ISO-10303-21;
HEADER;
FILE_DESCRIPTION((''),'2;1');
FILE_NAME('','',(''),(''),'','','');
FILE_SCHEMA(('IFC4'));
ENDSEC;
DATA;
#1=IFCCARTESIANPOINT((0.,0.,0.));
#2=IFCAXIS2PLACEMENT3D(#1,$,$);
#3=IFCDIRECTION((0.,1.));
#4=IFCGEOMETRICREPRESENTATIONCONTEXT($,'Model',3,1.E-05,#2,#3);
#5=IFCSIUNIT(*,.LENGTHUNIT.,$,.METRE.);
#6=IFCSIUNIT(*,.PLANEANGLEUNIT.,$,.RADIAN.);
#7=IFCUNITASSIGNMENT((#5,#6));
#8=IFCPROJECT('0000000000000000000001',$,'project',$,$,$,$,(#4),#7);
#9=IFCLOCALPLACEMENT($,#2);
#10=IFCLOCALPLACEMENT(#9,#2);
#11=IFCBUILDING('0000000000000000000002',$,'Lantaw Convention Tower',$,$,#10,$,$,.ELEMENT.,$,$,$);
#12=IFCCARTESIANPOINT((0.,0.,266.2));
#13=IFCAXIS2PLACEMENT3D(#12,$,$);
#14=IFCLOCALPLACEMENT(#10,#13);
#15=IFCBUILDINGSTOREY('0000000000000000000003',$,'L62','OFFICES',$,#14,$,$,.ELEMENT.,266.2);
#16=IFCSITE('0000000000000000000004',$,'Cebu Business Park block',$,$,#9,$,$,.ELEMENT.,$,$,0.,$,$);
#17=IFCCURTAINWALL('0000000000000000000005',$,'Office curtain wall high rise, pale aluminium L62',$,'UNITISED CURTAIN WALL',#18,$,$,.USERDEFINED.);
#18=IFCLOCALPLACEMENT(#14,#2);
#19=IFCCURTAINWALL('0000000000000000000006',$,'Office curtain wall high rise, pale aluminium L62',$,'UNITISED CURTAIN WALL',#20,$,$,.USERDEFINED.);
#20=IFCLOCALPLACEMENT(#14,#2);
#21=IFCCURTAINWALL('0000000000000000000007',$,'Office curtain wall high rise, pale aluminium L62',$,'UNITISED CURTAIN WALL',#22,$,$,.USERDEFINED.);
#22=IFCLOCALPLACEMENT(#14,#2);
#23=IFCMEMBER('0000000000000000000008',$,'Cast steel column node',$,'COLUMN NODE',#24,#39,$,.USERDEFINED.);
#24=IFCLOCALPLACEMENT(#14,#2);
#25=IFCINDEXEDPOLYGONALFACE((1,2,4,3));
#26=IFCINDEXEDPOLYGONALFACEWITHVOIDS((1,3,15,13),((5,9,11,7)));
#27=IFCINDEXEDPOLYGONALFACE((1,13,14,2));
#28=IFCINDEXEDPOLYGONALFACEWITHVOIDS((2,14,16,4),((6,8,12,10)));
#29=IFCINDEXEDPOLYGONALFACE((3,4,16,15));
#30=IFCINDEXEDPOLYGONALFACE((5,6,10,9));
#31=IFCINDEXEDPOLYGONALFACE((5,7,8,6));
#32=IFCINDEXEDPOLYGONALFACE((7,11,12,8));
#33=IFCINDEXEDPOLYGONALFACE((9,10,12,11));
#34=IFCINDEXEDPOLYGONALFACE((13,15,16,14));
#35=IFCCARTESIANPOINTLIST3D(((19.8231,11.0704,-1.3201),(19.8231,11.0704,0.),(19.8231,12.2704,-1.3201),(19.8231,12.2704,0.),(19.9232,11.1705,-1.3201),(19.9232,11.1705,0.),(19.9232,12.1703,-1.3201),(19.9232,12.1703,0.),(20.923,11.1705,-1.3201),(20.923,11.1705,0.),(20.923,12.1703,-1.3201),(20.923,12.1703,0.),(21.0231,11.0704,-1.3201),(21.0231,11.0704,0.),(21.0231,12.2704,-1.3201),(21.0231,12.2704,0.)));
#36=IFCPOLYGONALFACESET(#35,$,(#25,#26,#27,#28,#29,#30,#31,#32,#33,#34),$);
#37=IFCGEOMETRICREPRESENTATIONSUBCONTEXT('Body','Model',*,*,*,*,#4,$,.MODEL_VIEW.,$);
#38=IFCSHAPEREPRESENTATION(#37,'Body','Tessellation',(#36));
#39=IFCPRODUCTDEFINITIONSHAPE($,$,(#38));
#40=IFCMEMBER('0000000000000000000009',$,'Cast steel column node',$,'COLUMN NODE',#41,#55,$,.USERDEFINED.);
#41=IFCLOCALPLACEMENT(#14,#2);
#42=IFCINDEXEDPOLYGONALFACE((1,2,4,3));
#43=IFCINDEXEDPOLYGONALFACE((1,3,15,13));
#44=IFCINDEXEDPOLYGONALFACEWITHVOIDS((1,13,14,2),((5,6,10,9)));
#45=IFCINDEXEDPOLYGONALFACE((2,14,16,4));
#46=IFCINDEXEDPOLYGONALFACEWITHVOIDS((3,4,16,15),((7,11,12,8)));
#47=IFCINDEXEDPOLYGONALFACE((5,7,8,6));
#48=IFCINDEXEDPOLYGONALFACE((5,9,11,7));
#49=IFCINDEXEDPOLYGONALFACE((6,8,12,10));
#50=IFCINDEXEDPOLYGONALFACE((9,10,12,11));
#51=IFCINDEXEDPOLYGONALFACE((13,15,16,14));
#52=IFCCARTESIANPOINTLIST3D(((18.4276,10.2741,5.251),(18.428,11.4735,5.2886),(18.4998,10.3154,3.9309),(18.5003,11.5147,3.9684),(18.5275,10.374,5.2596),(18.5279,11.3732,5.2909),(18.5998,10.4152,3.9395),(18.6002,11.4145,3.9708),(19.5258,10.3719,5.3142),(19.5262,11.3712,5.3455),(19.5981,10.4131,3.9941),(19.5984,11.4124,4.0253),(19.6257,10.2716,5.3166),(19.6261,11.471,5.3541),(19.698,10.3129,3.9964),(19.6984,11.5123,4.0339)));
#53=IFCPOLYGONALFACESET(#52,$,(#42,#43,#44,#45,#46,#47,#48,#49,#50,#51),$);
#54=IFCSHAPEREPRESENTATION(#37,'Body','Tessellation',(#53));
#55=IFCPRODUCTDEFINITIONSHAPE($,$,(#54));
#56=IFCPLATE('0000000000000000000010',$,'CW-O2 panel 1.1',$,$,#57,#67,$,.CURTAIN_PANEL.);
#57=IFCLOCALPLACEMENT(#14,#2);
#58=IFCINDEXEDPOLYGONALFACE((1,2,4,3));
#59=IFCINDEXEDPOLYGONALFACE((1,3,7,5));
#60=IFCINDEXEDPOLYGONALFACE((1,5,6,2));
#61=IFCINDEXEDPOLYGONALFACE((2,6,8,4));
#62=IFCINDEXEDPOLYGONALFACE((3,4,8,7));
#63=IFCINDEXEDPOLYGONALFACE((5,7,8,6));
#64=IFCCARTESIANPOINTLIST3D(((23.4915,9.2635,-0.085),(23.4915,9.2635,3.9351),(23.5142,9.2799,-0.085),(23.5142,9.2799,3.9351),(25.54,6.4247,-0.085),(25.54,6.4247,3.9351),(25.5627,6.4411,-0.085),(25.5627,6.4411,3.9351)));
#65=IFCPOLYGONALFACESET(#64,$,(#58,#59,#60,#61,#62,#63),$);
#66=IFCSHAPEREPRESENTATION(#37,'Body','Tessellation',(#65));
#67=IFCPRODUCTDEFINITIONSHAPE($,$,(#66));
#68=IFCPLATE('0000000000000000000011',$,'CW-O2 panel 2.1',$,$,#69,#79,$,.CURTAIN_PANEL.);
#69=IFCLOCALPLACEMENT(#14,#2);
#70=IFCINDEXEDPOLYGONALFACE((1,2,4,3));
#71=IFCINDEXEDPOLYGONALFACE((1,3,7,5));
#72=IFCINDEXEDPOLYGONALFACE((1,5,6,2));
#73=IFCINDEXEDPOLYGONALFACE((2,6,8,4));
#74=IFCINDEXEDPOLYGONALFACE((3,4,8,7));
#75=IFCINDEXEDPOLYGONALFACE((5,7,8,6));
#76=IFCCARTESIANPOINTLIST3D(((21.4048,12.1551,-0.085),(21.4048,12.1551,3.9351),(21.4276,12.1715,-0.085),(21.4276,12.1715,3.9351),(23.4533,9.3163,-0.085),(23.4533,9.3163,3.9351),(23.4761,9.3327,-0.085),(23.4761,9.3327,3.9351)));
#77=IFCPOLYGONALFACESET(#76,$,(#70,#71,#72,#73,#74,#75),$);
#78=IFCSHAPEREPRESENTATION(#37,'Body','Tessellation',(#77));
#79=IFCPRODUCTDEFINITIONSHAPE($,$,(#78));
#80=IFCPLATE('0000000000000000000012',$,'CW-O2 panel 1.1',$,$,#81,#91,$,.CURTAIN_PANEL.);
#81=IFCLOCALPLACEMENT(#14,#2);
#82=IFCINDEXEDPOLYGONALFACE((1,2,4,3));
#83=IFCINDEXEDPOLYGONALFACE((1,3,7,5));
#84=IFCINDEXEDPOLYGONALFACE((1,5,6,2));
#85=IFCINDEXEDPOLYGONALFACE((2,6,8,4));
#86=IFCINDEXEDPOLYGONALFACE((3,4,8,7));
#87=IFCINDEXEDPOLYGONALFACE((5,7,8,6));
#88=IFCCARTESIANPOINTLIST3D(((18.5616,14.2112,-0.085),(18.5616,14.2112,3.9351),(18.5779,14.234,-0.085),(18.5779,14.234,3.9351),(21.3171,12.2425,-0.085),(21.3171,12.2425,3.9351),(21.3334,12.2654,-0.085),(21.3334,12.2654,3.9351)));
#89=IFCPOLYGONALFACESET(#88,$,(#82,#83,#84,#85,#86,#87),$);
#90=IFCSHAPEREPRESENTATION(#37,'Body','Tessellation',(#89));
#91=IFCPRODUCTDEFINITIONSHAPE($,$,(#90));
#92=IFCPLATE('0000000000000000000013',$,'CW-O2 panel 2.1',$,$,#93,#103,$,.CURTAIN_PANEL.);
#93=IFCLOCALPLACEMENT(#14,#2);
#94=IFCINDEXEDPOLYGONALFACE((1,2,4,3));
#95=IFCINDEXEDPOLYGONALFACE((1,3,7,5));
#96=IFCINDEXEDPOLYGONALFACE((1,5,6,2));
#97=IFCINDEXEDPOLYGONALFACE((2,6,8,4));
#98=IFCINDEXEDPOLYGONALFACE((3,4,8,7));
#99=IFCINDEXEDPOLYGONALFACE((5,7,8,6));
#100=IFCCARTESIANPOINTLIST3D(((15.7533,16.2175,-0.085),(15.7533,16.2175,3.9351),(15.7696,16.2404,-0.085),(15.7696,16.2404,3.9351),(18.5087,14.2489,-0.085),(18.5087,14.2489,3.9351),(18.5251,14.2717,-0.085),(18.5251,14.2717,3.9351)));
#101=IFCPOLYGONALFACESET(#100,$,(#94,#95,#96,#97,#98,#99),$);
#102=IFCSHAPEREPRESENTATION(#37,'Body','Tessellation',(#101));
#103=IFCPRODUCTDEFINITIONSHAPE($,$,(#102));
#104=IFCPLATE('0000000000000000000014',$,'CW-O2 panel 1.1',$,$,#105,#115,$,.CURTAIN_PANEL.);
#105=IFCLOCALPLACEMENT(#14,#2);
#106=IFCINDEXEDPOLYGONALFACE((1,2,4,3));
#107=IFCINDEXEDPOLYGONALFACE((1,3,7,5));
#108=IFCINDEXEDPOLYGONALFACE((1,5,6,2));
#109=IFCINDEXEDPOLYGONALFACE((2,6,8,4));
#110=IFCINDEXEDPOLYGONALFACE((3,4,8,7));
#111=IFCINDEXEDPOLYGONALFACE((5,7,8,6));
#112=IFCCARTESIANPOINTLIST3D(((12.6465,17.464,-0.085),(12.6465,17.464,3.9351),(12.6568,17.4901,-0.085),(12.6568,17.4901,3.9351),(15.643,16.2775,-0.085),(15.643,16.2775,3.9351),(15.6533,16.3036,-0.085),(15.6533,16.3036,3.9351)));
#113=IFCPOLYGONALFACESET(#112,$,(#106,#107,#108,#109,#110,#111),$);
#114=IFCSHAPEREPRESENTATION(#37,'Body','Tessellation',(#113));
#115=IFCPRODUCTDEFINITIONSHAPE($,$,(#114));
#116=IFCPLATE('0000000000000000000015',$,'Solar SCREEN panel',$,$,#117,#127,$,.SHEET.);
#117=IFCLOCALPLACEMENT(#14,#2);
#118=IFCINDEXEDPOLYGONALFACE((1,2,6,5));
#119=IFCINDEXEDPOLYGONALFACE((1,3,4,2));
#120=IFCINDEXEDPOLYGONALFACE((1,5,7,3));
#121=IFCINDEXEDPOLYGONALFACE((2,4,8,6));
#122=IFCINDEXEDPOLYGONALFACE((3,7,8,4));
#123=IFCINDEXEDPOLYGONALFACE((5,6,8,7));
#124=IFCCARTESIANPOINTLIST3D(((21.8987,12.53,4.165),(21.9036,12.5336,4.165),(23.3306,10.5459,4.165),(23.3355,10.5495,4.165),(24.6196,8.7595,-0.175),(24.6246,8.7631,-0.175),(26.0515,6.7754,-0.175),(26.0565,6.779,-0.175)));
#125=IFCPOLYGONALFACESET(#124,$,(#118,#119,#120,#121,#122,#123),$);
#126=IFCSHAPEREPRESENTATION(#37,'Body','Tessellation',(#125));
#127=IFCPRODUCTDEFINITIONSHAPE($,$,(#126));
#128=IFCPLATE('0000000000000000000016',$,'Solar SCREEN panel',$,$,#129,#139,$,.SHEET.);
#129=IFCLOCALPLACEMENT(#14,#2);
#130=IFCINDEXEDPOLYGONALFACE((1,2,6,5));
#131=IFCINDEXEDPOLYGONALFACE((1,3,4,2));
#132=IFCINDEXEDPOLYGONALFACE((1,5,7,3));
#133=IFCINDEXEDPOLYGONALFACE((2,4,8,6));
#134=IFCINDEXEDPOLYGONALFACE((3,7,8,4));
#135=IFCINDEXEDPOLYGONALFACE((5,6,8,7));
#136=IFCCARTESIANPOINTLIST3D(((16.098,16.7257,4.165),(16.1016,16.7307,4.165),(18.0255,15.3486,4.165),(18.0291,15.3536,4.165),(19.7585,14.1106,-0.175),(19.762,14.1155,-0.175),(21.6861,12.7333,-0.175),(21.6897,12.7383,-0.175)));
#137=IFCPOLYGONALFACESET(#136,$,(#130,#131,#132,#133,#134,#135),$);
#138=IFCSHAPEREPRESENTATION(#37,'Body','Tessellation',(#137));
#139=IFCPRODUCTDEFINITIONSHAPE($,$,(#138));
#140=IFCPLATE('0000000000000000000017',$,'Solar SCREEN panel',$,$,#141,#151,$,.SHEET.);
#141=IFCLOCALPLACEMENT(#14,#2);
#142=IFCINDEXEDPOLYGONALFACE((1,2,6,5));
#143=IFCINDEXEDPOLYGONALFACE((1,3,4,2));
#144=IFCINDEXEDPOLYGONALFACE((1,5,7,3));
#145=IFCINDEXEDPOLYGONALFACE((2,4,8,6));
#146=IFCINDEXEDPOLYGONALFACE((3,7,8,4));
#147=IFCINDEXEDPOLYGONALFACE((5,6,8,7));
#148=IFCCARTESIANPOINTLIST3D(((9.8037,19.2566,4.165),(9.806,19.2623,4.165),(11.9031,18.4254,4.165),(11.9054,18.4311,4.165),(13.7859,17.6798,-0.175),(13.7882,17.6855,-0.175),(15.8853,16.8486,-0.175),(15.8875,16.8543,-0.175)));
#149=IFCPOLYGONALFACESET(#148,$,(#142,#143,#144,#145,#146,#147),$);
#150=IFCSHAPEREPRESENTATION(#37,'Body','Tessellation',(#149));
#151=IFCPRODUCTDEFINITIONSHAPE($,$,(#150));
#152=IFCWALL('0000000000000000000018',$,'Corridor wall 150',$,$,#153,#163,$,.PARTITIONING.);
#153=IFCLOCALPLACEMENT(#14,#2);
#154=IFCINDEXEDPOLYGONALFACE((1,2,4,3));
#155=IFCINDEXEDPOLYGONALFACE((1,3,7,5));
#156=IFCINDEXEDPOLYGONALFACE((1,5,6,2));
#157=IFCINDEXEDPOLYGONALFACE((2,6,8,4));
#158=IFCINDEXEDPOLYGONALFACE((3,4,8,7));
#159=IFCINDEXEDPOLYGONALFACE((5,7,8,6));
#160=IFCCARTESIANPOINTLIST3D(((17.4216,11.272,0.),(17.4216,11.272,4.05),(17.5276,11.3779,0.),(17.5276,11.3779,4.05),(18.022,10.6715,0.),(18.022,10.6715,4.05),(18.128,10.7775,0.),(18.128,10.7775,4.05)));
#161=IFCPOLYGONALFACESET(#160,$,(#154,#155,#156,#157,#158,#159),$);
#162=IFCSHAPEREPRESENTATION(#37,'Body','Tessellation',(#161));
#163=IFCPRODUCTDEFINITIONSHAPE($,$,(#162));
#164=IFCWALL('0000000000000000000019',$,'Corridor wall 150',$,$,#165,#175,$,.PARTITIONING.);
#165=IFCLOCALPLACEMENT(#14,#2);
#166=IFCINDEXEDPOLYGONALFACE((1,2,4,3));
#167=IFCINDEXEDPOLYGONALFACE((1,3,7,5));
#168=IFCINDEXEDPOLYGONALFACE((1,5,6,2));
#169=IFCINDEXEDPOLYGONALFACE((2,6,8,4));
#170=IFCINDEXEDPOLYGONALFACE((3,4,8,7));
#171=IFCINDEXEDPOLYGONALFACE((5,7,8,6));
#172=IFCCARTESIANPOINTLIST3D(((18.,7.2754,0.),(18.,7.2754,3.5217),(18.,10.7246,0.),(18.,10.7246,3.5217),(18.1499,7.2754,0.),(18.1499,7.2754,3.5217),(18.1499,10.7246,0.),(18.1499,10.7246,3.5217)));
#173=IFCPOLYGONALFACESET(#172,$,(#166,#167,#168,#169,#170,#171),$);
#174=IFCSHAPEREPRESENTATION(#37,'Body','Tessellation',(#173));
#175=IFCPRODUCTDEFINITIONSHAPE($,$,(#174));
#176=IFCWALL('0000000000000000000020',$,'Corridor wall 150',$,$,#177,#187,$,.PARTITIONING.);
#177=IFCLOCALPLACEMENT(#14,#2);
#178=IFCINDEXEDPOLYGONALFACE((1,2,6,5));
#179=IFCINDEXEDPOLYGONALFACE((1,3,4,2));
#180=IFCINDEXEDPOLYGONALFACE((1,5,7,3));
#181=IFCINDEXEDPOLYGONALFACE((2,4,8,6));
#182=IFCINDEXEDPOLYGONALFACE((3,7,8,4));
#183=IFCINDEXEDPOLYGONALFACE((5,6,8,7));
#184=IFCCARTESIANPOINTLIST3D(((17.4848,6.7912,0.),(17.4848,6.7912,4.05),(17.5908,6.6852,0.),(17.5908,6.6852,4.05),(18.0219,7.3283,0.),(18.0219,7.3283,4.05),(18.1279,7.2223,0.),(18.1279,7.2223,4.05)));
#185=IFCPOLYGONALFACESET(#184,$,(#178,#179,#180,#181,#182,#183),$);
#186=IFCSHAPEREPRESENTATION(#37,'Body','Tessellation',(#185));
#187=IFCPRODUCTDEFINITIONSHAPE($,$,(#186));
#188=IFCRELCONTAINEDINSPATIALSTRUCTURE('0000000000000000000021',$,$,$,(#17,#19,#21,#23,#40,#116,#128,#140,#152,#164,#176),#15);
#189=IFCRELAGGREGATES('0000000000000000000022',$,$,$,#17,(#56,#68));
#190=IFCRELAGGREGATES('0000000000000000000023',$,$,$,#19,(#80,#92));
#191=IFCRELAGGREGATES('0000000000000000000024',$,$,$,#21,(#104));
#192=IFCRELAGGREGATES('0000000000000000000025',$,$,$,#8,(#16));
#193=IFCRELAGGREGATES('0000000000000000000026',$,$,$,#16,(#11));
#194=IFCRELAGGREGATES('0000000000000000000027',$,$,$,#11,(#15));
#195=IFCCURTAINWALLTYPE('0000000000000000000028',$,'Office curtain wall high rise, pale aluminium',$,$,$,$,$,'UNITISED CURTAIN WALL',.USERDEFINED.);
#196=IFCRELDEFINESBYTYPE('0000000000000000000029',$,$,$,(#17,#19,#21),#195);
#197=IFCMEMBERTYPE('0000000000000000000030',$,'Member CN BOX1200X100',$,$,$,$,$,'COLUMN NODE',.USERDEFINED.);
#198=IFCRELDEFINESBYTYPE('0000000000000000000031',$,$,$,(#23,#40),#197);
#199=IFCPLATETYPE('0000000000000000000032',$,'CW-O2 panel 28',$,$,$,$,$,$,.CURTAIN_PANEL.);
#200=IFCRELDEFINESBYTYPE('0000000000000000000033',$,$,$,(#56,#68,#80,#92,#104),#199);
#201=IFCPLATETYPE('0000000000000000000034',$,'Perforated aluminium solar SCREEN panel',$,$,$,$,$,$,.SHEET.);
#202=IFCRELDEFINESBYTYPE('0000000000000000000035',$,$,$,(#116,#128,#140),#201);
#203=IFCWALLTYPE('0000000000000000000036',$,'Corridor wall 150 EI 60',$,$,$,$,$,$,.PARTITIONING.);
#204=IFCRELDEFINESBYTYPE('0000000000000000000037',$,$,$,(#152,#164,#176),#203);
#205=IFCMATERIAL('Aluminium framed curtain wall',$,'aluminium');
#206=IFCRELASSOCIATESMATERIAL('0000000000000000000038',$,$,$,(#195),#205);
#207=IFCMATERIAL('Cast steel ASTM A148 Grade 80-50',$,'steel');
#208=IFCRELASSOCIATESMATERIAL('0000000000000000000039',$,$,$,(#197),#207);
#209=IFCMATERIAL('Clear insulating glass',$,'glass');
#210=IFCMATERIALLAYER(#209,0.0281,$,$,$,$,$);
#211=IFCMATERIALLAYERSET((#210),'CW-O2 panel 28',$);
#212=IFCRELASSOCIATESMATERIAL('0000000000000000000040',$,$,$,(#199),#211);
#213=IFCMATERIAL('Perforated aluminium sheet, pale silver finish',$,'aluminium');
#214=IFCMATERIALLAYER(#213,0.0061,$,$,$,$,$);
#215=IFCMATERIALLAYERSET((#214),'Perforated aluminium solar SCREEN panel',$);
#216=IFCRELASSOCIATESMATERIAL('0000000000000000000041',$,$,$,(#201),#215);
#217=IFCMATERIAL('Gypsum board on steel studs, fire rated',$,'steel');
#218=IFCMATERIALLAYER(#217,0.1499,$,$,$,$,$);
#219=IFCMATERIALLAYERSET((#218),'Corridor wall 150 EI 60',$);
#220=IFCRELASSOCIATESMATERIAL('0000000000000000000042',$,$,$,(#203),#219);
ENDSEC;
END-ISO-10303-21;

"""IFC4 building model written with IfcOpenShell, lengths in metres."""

from ifc_helpers import new_model, si_unit, direction, frame, frame_2d, origin, origin_2d, place, context, subcontext, project, spatial, polyline, rectangle, hollow_rectangle, outline, extrude, material, layer, layer_set, material_profile, profile_set, type_object, element, aggregate, save


model = new_model("IFC4")

# Units and contexts
model_context = context("Model", 3, precision=1e-05, world=origin(), true_north=direction((0.0, 1.0)))
body_context = subcontext(model_context, "Body", "Model", "MODEL_VIEW")
ifc_project = project(units=[si_unit("LENGTHUNIT", "METRE"), si_unit("PLANEANGLEUNIT", "RADIAN")], contexts=[model_context])

# Site, building, storey
site_placement = place(None, origin())
site = spatial("IfcSite", under=ifc_project, at=site_placement, Name="Cebu Business Park block", CompositionType="ELEMENT", RefElevation=0.0)
building_placement = place(site_placement, origin())
building = spatial("IfcBuilding", under=site, at=building_placement, Name="Lantaw Convention Tower", CompositionType="ELEMENT")
storey_placement = place(building_placement, frame((0.0, 0.0, 266.2)))
storey = spatial("IfcBuildingStorey", under=building, at=storey_placement, Name="L62", Description="OFFICES", CompositionType="ELEMENT", Elevation=266.2)

# Curtain walls
ifc_material_1 = material(Name="Aluminium framed curtain wall", Category="aluminium")
curtain_wall_type = type_object("IfcCurtainWallType", Name="Office curtain wall high rise, pale aluminium", ElementType="UNITISED CURTAIN WALL", PredefinedType="USERDEFINED", material=ifc_material_1)
curtain_wall_1_placement = place(storey_placement, origin())
curtain_wall_1 = element("IfcCurtainWall", 1, at=curtain_wall_1_placement, inside=storey, type_object=curtain_wall_type, Name="Office curtain wall high rise, pale aluminium L62", ObjectType="UNITISED CURTAIN WALL", PredefinedType="USERDEFINED")
curtain_wall_2_placement = place(storey_placement, origin())
curtain_wall_2 = element("IfcCurtainWall", 2, at=curtain_wall_2_placement, inside=storey, type_object=curtain_wall_type, Name="Office curtain wall high rise, pale aluminium L62", ObjectType="UNITISED CURTAIN WALL", PredefinedType="USERDEFINED")

# Curtain wall
curtain_wall_3_placement = place(storey_placement, origin())
curtain_wall_3 = element("IfcCurtainWall", 3, at=curtain_wall_3_placement, inside=storey, type_object=curtain_wall_type, Name="Office curtain wall high rise, pale aluminium L62", ObjectType="UNITISED CURTAIN WALL", PredefinedType="USERDEFINED")

# Members
ifc_material_2 = material(Name="Cast steel ASTM A148 Grade 80-50", Category="steel")
ifc_material_profile_1 = material_profile(ifc_material_2, hollow_rectangle(XDim=1.2, YDim=1.2, WallThickness=0.1001, at=origin_2d()), Name="BOX1200X100")
ifc_profile_set_1 = profile_set([ifc_material_profile_1], Name="Cast steel ASTM A148 Grade 80-50")
member_type_1 = type_object("IfcMemberType", Name="Member CN BOX1200X100", ElementType="COLUMN NODE", PredefinedType="USERDEFINED", material=ifc_profile_set_1)
member_1_placement = place(storey_placement, frame((20.4231, 11.6704, -1.3201), z_axis=(0.0, 0.0, 1.0), x_axis=(1.0, 0.0, 0.0)))
element("IfcMember", 4, at=member_1_placement, inside=storey, type_object=member_type_1, Name="Cast steel column node", ObjectType="COLUMN NODE", PredefinedType="USERDEFINED", context=body_context, shape_type="SweptSolid", body=[
    extrude(hollow_rectangle(XDim=1.2, YDim=1.2, WallThickness=0.1001, at=origin_2d()), origin(), (0.0, 0.0, 1.0), 1.3201),
])
member_2_placement = place(storey_placement, frame((19.0991, 10.9138, 3.9824), z_axis=(-0.054635, -0.031194, 0.998019), x_axis=(0.998506, -0.002071, 0.054597)))
element("IfcMember", 5, at=member_2_placement, inside=storey, type_object=member_type_1, Name="Cast steel column node", ObjectType="COLUMN NODE", PredefinedType="USERDEFINED", context=body_context, shape_type="SweptSolid", body=[
    extrude(hollow_rectangle(XDim=1.2, YDim=1.2, WallThickness=0.1001, at=origin_2d()), origin(), (0.0, 0.0, 1.0), 1.3228),
])

# Plates
ifc_material_3 = material(Name="Clear insulating glass", Category="glass")
ifc_layer_1 = layer(ifc_material_3, 0.0281)
ifc_layer_set_1 = layer_set([ifc_layer_1], Name="CW-O2 panel 28")
plate_type_1 = type_object("IfcPlateType", Name="CW-O2 panel 28", PredefinedType="CURTAIN_PANEL", material=ifc_layer_set_1)
plate_1_placement = place(storey_placement, frame((24.5271, 7.8523, -0.085), z_axis=(0.0, 0.0, 1.0), x_axis=(-0.585158, 0.81092, 0.0)))
plate_1 = element("IfcPlate", 6, at=plate_1_placement, type_object=plate_type_1, Name="CW-O2 panel 1.1", PredefinedType="CURTAIN_PANEL", context=body_context, shape_type="SweptSolid", body=[
    extrude(rectangle(XDim=3.5007, YDim=0.0281, at=origin_2d()), origin(), (0.0, 0.0, 1.0), 4.02),
])
plate_2_placement = place(storey_placement, frame((22.4404, 10.7439, -0.085), z_axis=(0.0, 0.0, 1.0), x_axis=(-0.585158, 0.81092, 0.0)))
plate_2 = element("IfcPlate", 7, at=plate_2_placement, type_object=plate_type_1, Name="CW-O2 panel 2.1", PredefinedType="CURTAIN_PANEL", context=body_context, shape_type="SweptSolid", body=[
    extrude(rectangle(XDim=3.5007, YDim=0.0281, at=origin_2d()), origin(), (0.0, 0.0, 1.0), 4.02),
])
aggregate(curtain_wall_1, [plate_1, plate_2])
plate_3_placement = place(storey_placement, frame((19.9475, 13.2383, -0.085), z_axis=(0.0, 0.0, 1.0), x_axis=(-0.813673, 0.581323, 0.0)))
plate_3 = element("IfcPlate", 8, at=plate_3_placement, type_object=plate_type_1, Name="CW-O2 panel 1.1", PredefinedType="CURTAIN_PANEL", context=body_context, shape_type="SweptSolid", body=[
    extrude(rectangle(XDim=3.3865, YDim=0.0281, at=origin_2d()), origin(), (0.0, 0.0, 1.0), 4.02),
])
plate_4_placement = place(storey_placement, frame((17.1392, 15.2446, -0.085), z_axis=(0.0, 0.0, 1.0), x_axis=(-0.813673, 0.581323, 0.0)))
plate_4 = element("IfcPlate", 9, at=plate_4_placement, type_object=plate_type_1, Name="CW-O2 panel 2.1", PredefinedType="CURTAIN_PANEL", context=body_context, shape_type="SweptSolid", body=[
    extrude(rectangle(XDim=3.3865, YDim=0.0281, at=origin_2d()), origin(), (0.0, 0.0, 1.0), 4.02),
])
aggregate(curtain_wall_2, [plate_3, plate_4])
plate_5_placement = place(storey_placement, frame((14.1499, 16.8838, -0.085), z_axis=(0.0, 0.0, 1.0), x_axis=(-0.929762, 0.368162, 0.0)))
plate_5 = element("IfcPlate", 10, at=plate_5_placement, type_object=plate_type_1, Name="CW-O2 panel 1.1", PredefinedType="CURTAIN_PANEL", context=body_context, shape_type="SweptSolid", body=[
    extrude(rectangle(XDim=3.2229, YDim=0.0281, at=origin_2d()), origin(), (0.0, 0.0, 1.0), 4.02),
])
aggregate(curtain_wall_3, [plate_5])

# Plates
ifc_material_4 = material(Name="Perforated aluminium sheet, pale silver finish", Category="aluminium")
ifc_layer_2 = layer(ifc_material_4, 0.0061)
ifc_layer_set_2 = layer_set([ifc_layer_2], Name="Perforated aluminium solar SCREEN panel")
plate_type_2 = type_object("IfcPlateType", Name="Perforated aluminium solar SCREEN panel", PredefinedType="SHEET", material=ifc_layer_set_2)
plate_6_placement = place(storey_placement, frame((26.0515, 6.7754, -0.175), z_axis=(-0.810892, -0.585195, 0.00002), x_axis=(-0.585195, 0.810892, 0.0)))
element("IfcPlate", 11, at=plate_6_placement, inside=storey, type_object=plate_type_2, Name="Solar SCREEN panel", PredefinedType="SHEET", context=body_context, shape_type="SweptSolid", body=[
    extrude(outline(polyline([(0.0, 0.0), (2.4468, 0.0), (7.0966, -4.3401), (4.6498, -4.3401), (0.0, 0.0)])), origin(), (0.0, 0.0, -1.0), 0.0061),
])
plate_7_placement = place(storey_placement, frame((21.6897, 12.7383, -0.175), z_axis=(0.581331, 0.813667, 0.00001), x_axis=(-0.813667, 0.581331, 0.0)))
element("IfcPlate", 12, at=plate_7_placement, inside=storey, type_object=plate_type_2, Name="Solar SCREEN panel", PredefinedType="SHEET", context=body_context, shape_type="SweptSolid", body=[
    extrude(outline(polyline([(0.0, 0.0), (2.3691, 0.0), (6.8678, 4.3401), (4.4989, 4.3401), (0.0, 0.0)])), origin(), (0.0, 0.0, -1.0), 0.0061),
])
plate_8_placement = place(storey_placement, frame((15.8853, 16.8486, -0.175), z_axis=(-0.368117, -0.92978, 0.000036), x_axis=(-0.92978, 0.368117, 0.0)))
element("IfcPlate", 13, at=plate_8_placement, inside=storey, type_object=plate_type_2, Name="Solar SCREEN panel", PredefinedType="SHEET", context=body_context, shape_type="SweptSolid", body=[
    extrude(outline(polyline([(0.0, 0.0), (2.2579, 0.0), (6.5409, -4.3401), (4.2829, -4.3401), (0.0, 0.0)])), origin(), (0.0, 0.0, -1.0), 0.0061),
])

# Walls
ifc_material_5 = material(Name="Gypsum board on steel studs, fire rated", Category="steel")
ifc_layer_3 = layer(ifc_material_5, 0.1499)
ifc_layer_set_3 = layer_set([ifc_layer_3], Name="Corridor wall 150 EI 60")
wall_type = type_object("IfcWallType", Name="Corridor wall 150 EI 60", PredefinedType="PARTITIONING", material=ifc_layer_set_3)
wall_1_placement = place(storey_placement, frame((17.4746, 11.325, 0.0), z_axis=(0.0, 0.0, 1.0), x_axis=(0.707107, -0.707107, 0.0)))
element("IfcWall", 14, at=wall_1_placement, inside=storey, type_object=wall_type, Name="Corridor wall 150", PredefinedType="PARTITIONING", context=body_context, shape_type="SweptSolid", body=[
    extrude(rectangle(XDim=0.8491, YDim=0.1499, at=frame_2d((0.4246, 0.0))), origin(), (0.0, 0.0, 1.0), 4.05),
])
wall_2_placement = place(storey_placement, frame((18.075, 10.7246, 0.0), z_axis=(0.0, 0.0, 1.0), x_axis=(0.0, -1.0, 0.0)))
element("IfcWall", 15, at=wall_2_placement, inside=storey, type_object=wall_type, Name="Corridor wall 150", PredefinedType="PARTITIONING", context=body_context, shape_type="SweptSolid", body=[
    extrude(rectangle(XDim=3.4492, YDim=0.1499, at=frame_2d((1.7246, 0.0))), origin(), (0.0, 0.0, 1.0), 3.5217),
])
wall_3_placement = place(storey_placement, frame((18.075, 7.2754, 0.0), z_axis=(0.0, 0.0, 1.0), x_axis=(-0.707107, -0.707107, 0.0)))
element("IfcWall", 16, at=wall_3_placement, inside=storey, type_object=wall_type, Name="Corridor wall 150", PredefinedType="PARTITIONING", context=body_context, shape_type="SweptSolid", body=[
    extrude(rectangle(XDim=0.7595, YDim=0.1499, at=frame_2d((0.3799, 0.0))), origin(), (0.0, 0.0, 1.0), 4.05),
])

save(model, "model.ifc")
